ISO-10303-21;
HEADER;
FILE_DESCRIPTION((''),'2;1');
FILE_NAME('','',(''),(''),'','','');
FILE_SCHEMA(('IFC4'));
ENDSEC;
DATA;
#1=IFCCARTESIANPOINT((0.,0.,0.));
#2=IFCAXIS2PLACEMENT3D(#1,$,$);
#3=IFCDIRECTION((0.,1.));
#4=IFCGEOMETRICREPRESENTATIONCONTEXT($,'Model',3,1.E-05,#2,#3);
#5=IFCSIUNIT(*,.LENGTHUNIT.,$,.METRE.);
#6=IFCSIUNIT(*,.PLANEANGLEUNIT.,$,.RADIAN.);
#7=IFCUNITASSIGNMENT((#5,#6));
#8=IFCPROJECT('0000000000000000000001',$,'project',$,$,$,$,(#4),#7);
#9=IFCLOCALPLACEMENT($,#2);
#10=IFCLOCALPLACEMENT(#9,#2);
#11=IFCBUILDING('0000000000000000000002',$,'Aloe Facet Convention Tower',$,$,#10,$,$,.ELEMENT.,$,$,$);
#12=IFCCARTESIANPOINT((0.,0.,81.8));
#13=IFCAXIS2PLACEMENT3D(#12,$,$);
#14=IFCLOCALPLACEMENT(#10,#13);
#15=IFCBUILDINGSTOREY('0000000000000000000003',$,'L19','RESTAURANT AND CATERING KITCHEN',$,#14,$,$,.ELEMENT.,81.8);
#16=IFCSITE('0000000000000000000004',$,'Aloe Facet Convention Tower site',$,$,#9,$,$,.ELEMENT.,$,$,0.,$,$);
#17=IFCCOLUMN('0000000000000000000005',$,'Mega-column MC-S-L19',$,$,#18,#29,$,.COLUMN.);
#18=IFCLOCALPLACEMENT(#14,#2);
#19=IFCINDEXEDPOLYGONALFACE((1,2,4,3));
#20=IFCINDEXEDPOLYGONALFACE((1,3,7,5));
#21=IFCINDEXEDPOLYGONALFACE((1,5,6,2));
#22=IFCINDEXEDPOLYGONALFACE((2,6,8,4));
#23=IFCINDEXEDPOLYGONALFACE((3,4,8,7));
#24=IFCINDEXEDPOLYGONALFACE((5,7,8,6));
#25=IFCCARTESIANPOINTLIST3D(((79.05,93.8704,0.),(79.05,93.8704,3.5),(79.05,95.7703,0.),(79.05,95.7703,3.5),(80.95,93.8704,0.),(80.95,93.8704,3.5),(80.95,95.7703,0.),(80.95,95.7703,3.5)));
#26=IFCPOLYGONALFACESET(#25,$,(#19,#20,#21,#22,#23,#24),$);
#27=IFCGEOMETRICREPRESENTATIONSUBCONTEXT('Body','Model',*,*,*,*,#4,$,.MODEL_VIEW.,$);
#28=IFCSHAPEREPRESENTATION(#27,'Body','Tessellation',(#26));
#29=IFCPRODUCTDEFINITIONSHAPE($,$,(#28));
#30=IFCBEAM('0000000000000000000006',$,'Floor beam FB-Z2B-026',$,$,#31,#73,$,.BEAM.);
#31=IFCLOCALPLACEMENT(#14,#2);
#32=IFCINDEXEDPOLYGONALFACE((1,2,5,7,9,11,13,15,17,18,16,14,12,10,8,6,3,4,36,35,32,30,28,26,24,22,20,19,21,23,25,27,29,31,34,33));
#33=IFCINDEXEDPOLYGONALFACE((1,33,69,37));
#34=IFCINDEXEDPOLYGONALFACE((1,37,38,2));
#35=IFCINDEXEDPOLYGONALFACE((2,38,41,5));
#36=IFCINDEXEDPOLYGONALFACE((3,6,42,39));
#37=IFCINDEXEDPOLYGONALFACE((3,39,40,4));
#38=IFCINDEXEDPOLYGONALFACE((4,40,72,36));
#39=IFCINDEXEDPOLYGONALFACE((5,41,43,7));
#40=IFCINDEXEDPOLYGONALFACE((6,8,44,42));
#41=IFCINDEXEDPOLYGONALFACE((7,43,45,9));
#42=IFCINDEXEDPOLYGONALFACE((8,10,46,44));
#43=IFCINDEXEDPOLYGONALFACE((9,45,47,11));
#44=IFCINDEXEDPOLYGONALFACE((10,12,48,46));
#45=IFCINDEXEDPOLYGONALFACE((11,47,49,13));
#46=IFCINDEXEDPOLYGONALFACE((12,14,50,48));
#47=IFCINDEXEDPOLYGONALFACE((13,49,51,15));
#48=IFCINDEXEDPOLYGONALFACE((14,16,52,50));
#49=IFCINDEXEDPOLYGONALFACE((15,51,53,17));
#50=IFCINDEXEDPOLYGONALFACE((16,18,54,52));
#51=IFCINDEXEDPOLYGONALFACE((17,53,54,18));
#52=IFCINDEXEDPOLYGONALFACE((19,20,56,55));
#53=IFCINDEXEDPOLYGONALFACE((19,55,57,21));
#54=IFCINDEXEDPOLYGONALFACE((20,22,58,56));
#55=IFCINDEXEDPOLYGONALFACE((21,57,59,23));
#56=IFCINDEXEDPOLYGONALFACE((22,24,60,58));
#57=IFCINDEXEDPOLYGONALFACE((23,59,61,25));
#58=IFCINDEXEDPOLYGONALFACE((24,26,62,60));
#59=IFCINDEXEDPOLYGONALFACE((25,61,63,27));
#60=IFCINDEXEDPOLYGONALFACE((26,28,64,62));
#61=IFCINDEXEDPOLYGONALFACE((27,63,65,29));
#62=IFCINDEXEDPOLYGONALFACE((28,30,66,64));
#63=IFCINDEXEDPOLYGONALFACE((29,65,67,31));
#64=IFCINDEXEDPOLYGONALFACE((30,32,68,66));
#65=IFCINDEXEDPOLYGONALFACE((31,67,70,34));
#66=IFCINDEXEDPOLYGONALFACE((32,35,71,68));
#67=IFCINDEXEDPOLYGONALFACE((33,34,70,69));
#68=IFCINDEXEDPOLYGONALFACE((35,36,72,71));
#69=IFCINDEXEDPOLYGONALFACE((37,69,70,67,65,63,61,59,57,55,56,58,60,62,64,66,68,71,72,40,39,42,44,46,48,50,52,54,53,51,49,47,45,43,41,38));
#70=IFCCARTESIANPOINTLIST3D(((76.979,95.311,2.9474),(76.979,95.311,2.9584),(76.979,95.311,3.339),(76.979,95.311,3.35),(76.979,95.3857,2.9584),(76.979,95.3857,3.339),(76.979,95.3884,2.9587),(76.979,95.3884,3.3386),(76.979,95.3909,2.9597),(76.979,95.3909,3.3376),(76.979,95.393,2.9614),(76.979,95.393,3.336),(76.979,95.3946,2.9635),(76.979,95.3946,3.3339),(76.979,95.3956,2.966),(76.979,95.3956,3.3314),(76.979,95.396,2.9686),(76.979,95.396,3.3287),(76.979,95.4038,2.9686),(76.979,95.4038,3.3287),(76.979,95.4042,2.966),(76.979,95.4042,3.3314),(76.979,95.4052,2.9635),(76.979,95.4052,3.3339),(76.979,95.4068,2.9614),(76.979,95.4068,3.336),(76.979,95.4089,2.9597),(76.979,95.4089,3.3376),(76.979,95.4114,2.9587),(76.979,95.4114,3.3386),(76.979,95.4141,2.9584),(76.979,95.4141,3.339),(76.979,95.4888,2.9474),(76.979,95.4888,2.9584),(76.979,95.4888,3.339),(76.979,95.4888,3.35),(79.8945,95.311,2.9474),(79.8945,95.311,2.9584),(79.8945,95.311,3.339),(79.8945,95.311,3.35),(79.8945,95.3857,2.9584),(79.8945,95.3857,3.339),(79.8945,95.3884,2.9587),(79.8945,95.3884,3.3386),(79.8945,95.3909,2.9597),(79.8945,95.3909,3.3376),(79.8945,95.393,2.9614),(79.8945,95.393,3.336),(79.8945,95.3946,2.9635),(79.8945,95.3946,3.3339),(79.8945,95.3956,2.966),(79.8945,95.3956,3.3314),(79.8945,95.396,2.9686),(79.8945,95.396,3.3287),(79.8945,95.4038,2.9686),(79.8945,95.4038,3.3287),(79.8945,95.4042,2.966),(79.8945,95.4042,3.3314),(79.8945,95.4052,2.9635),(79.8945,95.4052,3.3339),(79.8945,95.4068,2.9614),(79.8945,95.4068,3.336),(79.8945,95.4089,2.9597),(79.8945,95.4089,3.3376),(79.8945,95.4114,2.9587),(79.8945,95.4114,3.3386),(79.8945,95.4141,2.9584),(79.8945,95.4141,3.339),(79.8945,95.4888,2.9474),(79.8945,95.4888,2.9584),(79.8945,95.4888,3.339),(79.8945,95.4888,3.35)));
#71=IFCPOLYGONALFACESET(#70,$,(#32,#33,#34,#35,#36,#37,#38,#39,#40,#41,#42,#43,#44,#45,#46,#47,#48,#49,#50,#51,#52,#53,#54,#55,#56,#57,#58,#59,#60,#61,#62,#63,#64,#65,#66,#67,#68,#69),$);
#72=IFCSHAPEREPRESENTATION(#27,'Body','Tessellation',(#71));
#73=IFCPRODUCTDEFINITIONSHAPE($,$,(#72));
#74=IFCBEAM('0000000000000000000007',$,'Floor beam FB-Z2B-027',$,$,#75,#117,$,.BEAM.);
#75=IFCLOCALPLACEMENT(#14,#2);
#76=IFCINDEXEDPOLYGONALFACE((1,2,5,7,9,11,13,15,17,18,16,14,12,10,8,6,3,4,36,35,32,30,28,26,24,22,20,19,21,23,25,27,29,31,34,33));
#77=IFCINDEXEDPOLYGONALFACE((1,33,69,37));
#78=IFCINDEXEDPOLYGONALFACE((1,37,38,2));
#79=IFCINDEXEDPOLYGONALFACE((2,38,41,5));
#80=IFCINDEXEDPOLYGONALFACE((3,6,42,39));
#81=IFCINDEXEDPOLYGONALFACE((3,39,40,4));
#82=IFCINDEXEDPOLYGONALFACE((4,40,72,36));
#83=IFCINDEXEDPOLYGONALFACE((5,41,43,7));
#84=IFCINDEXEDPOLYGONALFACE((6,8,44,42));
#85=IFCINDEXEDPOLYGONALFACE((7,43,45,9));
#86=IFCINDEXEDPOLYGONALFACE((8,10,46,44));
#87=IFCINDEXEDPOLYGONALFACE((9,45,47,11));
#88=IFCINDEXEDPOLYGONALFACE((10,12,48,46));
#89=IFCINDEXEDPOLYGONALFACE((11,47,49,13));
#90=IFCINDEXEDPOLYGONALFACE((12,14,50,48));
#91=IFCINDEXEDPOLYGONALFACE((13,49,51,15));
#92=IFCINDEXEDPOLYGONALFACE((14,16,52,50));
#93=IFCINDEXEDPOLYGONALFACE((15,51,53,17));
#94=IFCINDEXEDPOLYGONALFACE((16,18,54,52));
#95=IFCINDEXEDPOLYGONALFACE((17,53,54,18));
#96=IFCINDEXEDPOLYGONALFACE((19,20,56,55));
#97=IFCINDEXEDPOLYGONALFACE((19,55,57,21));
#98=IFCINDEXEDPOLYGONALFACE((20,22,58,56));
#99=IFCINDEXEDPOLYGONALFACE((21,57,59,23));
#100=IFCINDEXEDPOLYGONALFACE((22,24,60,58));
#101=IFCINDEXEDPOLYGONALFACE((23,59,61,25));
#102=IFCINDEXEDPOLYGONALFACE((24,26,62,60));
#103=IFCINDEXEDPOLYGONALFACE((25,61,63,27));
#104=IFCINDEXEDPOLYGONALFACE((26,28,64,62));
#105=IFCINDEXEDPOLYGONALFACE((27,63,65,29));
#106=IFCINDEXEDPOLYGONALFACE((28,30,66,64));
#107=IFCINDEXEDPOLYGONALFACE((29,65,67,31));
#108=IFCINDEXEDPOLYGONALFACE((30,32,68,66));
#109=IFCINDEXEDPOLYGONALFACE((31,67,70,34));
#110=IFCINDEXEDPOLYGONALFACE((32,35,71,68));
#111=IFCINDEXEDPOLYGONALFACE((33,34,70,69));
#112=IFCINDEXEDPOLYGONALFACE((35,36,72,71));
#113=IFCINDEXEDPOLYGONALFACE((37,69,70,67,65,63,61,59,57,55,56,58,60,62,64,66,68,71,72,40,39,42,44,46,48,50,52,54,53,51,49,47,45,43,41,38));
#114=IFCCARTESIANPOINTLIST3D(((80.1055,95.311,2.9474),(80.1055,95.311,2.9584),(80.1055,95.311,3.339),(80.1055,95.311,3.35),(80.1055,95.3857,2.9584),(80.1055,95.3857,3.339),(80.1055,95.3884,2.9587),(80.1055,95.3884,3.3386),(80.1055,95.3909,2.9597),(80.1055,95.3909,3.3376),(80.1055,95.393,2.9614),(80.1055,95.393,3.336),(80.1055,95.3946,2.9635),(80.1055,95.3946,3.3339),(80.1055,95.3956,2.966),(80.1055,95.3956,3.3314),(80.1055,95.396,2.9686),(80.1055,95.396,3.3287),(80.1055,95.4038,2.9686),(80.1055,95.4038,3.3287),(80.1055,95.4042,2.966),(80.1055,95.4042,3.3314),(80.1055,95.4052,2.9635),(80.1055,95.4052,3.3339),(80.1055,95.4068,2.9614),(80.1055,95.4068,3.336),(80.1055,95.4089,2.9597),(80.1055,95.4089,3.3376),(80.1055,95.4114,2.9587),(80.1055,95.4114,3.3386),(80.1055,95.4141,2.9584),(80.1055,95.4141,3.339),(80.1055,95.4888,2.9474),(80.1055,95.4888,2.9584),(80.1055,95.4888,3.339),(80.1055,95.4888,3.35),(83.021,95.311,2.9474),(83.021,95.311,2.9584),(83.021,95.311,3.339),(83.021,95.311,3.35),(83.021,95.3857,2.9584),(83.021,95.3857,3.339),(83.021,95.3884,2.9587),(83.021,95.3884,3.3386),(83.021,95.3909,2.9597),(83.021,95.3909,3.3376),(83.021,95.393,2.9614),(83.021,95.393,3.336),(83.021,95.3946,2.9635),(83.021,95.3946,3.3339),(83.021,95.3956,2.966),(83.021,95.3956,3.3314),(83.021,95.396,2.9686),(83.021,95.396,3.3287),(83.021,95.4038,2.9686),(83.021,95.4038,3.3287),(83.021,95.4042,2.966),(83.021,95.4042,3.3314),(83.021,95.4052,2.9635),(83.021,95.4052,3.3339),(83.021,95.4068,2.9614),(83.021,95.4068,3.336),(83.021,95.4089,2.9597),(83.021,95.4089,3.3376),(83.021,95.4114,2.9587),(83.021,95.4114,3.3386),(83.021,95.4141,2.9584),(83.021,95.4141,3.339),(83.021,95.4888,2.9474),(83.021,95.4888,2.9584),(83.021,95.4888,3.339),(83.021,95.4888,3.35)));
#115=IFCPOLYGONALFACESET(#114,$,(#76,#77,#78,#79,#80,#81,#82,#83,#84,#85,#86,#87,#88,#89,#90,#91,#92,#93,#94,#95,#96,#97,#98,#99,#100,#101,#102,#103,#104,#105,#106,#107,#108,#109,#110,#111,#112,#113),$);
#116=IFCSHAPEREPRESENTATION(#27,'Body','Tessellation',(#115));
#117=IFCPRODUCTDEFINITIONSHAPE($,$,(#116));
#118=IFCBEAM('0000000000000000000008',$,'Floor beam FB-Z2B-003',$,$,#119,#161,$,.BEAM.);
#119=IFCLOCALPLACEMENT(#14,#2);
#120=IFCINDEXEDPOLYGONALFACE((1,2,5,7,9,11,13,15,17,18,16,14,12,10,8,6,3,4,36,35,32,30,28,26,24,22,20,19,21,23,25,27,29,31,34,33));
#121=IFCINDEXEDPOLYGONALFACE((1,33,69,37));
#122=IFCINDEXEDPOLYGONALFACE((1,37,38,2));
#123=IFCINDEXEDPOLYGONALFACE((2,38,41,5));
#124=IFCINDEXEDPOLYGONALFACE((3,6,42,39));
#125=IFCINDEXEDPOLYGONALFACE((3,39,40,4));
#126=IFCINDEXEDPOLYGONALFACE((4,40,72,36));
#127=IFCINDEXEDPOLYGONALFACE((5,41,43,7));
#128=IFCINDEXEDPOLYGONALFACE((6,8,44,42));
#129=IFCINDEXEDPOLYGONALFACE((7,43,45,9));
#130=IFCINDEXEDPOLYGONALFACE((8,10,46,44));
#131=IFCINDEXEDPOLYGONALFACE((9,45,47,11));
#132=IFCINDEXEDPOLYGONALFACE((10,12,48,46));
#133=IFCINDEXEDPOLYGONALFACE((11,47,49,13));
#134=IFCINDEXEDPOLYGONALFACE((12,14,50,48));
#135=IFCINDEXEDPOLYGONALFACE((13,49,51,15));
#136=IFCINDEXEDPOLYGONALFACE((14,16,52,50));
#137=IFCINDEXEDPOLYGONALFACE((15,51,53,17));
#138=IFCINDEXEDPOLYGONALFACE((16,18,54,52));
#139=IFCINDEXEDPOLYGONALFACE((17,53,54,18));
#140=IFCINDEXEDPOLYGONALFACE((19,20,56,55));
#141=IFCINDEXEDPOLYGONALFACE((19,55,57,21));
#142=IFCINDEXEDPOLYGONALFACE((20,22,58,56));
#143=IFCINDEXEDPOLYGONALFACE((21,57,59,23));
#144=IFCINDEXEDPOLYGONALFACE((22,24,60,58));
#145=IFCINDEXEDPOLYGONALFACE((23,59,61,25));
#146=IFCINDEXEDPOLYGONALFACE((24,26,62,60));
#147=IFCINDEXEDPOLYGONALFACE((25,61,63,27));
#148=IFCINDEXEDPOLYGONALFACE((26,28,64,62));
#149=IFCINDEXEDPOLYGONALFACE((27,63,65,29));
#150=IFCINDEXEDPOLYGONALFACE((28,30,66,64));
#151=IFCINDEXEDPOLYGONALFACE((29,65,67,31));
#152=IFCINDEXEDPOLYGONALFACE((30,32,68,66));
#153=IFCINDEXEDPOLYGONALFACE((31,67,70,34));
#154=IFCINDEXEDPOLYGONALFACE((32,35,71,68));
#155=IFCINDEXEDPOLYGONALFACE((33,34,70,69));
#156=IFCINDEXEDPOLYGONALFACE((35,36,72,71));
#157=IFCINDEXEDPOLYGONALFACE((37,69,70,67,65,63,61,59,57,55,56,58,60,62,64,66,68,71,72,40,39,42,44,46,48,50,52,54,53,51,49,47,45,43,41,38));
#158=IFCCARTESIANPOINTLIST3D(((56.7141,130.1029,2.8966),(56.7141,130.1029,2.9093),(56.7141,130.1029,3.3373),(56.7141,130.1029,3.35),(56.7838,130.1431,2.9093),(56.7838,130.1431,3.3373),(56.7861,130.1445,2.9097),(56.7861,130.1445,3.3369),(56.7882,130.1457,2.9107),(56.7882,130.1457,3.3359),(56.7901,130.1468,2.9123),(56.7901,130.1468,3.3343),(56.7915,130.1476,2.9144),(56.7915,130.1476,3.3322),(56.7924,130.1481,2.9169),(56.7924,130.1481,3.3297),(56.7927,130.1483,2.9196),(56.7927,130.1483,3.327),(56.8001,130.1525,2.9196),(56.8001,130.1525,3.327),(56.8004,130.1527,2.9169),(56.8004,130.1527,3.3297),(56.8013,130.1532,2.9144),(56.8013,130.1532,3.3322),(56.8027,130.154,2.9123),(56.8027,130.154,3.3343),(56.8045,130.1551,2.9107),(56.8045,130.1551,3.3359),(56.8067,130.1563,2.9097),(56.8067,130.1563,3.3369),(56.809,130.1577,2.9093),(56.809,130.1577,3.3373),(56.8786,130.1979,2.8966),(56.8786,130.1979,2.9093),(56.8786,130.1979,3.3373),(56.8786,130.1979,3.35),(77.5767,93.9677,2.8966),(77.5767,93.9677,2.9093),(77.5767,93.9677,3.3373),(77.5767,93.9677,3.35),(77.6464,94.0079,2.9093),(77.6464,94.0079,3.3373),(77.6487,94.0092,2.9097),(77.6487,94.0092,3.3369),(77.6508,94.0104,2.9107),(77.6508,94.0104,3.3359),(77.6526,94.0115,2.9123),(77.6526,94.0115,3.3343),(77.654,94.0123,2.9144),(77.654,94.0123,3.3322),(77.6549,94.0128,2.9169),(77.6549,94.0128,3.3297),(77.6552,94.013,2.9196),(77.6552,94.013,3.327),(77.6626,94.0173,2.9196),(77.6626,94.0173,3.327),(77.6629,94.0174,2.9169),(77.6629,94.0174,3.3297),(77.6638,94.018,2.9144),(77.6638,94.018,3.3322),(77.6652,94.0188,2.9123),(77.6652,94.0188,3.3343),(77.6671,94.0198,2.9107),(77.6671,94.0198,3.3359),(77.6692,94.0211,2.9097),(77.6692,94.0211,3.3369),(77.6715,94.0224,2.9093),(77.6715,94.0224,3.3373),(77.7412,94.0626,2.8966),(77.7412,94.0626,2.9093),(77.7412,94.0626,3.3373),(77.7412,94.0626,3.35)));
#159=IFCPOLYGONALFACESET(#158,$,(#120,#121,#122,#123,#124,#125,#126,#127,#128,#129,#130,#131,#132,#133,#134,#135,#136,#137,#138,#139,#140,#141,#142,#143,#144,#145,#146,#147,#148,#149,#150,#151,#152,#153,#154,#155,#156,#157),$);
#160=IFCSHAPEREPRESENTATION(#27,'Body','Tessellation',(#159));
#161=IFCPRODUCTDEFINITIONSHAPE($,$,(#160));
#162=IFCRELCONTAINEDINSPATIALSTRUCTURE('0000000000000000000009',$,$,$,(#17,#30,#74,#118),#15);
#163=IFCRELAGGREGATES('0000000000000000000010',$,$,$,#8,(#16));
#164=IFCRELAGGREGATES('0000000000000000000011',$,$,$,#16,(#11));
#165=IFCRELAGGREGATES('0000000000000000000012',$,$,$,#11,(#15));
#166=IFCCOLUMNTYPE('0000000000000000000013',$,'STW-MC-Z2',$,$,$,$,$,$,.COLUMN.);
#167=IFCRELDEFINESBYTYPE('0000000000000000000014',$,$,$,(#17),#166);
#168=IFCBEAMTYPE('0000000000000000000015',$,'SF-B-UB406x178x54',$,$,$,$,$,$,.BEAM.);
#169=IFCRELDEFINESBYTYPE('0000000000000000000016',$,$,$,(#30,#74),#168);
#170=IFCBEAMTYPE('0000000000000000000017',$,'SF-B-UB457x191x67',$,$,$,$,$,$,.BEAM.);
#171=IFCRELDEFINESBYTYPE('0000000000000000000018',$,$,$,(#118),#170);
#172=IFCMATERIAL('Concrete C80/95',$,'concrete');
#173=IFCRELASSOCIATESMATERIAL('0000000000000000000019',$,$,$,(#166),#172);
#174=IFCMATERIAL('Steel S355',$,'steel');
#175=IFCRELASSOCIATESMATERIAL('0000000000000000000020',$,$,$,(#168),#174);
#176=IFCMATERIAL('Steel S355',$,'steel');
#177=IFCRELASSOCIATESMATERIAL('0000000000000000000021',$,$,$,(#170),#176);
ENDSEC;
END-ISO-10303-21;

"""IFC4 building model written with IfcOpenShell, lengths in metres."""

from ifc_helpers import new_model, si_unit, direction, frame, origin, origin_2d, place, context, subcontext, project, spatial, rectangle, i_section, extrude, material, material_profile, profile_set, type_object, element, save


model = new_model("IFC4")

# Units and contexts
model_context = context("Model", 3, precision=1e-05, world=origin(), true_north=direction((0.0, 1.0)))
body_context = subcontext(model_context, "Body", "Model", "MODEL_VIEW")
ifc_project = project(units=[si_unit("LENGTHUNIT", "METRE"), si_unit("PLANEANGLEUNIT", "RADIAN")], contexts=[model_context])

# Site, building, storey
site_placement = place(None, origin())
site = spatial("IfcSite", under=ifc_project, at=site_placement, Name="Aloe Facet Convention Tower site", CompositionType="ELEMENT", RefElevation=0.0)
building_placement = place(site_placement, origin())
building = spatial("IfcBuilding", under=site, at=building_placement, Name="Aloe Facet Convention Tower", CompositionType="ELEMENT")
storey_placement = place(building_placement, frame((0.0, 0.0, 81.8)))
storey = spatial("IfcBuildingStorey", under=building, at=storey_placement, Name="L19", Description="RESTAURANT AND CATERING KITCHEN", CompositionType="ELEMENT", Elevation=81.8)

# Column
ifc_material_1 = material(Name="Concrete C80/95", Category="concrete")
ifc_material_profile_1 = material_profile(ifc_material_1, rectangle(XDim=1.8999, YDim=1.8999, at=origin_2d()), Name="STW-MC-Z2")
ifc_profile_set_1 = profile_set([ifc_material_profile_1], Name="Concrete C80/95")
column_type = type_object("IfcColumnType", Name="STW-MC-Z2", PredefinedType="COLUMN", material=ifc_profile_set_1)
column_placement = place(storey_placement, frame((80.0, 94.8203, 0.0), z_axis=(0.0, 0.0, 1.0), x_axis=(1.0, 0.0, 0.0)))
element("IfcColumn", 1, at=column_placement, inside=storey, type_object=column_type, Name="Mega-column MC-S-L19", PredefinedType="COLUMN", context=body_context, shape_type="SweptSolid", body=[
    extrude(rectangle(XDim=1.8999, YDim=1.8999, at=origin_2d()), origin(), (0.0, 0.0, 1.0), 3.5),
])

# Beams
ifc_material_2 = material(Name="Steel S355", Category="steel")
ifc_material_profile_2 = material_profile(ifc_material_2, i_section(OverallWidth=0.1777, OverallDepth=0.4026, WebThickness=0.0078, FlangeThickness=0.011, FilletRadius=0.0103, at=origin_2d()), Name="UB 406x178x54")
ifc_profile_set_2 = profile_set([ifc_material_profile_2], Name="Steel S355")
beam_type_1 = type_object("IfcBeamType", Name="SF-B-UB406x178x54", PredefinedType="BEAM", material=ifc_profile_set_2)
for number, where, z_axis, x_axis, name in (
    (2, (76.979, 95.3999, 3.1487), (1.0, 0.0, 0.0), (0.0, 1.0, 0.0), "Floor beam FB-Z2B-026"),
    (3, (80.1055, 95.3999, 3.1487), (1.0, 0.0, 0.0), (0.0, 1.0, 0.0), "Floor beam FB-Z2B-027"),
):
    element("IfcBeam", number, at=place(storey_placement, frame(where, z_axis=z_axis, x_axis=x_axis)), inside=storey, type_object=beam_type_1, Name=name, PredefinedType="BEAM", context=body_context, shape_type="SweptSolid", body=[
        extrude(i_section(OverallWidth=0.1777, OverallDepth=0.4026, WebThickness=0.0078, FlangeThickness=0.011, FilletRadius=0.0103, at=origin_2d()), origin(), (0.0, 0.0, 1.0), 2.9155),
    ])
ifc_material_3 = material(Name="Steel S355", Category="steel")
ifc_material_profile_3 = material_profile(ifc_material_3, i_section(OverallWidth=0.1899, OverallDepth=0.4534, WebThickness=0.0085, FlangeThickness=0.0127, FilletRadius=0.0103, at=origin_2d()), Name="UB 457x191x67")
ifc_profile_set_3 = profile_set([ifc_material_profile_3], Name="Steel S355")
beam_type_2 = type_object("IfcBeamType", Name="SF-B-UB457x191x67", PredefinedType="BEAM", material=ifc_profile_set_3)
beam_placement = place(storey_placement, frame((77.6589, 94.0151, 3.1233), z_axis=(-0.499997, 0.866027, 0.0), x_axis=(-0.866027, -0.499997, 0.0)))
element("IfcBeam", 4, at=beam_placement, inside=storey, type_object=beam_type_2, Name="Floor beam FB-Z2B-003", PredefinedType="BEAM", context=body_context, shape_type="SweptSolid", body=[
    extrude(i_section(OverallWidth=0.1899, OverallDepth=0.4534, WebThickness=0.0085, FlangeThickness=0.0127, FilletRadius=0.0103, at=origin_2d()), origin(), (0.0, 0.0, 1.0), 41.7253),
])

save(model, "model.ifc")
